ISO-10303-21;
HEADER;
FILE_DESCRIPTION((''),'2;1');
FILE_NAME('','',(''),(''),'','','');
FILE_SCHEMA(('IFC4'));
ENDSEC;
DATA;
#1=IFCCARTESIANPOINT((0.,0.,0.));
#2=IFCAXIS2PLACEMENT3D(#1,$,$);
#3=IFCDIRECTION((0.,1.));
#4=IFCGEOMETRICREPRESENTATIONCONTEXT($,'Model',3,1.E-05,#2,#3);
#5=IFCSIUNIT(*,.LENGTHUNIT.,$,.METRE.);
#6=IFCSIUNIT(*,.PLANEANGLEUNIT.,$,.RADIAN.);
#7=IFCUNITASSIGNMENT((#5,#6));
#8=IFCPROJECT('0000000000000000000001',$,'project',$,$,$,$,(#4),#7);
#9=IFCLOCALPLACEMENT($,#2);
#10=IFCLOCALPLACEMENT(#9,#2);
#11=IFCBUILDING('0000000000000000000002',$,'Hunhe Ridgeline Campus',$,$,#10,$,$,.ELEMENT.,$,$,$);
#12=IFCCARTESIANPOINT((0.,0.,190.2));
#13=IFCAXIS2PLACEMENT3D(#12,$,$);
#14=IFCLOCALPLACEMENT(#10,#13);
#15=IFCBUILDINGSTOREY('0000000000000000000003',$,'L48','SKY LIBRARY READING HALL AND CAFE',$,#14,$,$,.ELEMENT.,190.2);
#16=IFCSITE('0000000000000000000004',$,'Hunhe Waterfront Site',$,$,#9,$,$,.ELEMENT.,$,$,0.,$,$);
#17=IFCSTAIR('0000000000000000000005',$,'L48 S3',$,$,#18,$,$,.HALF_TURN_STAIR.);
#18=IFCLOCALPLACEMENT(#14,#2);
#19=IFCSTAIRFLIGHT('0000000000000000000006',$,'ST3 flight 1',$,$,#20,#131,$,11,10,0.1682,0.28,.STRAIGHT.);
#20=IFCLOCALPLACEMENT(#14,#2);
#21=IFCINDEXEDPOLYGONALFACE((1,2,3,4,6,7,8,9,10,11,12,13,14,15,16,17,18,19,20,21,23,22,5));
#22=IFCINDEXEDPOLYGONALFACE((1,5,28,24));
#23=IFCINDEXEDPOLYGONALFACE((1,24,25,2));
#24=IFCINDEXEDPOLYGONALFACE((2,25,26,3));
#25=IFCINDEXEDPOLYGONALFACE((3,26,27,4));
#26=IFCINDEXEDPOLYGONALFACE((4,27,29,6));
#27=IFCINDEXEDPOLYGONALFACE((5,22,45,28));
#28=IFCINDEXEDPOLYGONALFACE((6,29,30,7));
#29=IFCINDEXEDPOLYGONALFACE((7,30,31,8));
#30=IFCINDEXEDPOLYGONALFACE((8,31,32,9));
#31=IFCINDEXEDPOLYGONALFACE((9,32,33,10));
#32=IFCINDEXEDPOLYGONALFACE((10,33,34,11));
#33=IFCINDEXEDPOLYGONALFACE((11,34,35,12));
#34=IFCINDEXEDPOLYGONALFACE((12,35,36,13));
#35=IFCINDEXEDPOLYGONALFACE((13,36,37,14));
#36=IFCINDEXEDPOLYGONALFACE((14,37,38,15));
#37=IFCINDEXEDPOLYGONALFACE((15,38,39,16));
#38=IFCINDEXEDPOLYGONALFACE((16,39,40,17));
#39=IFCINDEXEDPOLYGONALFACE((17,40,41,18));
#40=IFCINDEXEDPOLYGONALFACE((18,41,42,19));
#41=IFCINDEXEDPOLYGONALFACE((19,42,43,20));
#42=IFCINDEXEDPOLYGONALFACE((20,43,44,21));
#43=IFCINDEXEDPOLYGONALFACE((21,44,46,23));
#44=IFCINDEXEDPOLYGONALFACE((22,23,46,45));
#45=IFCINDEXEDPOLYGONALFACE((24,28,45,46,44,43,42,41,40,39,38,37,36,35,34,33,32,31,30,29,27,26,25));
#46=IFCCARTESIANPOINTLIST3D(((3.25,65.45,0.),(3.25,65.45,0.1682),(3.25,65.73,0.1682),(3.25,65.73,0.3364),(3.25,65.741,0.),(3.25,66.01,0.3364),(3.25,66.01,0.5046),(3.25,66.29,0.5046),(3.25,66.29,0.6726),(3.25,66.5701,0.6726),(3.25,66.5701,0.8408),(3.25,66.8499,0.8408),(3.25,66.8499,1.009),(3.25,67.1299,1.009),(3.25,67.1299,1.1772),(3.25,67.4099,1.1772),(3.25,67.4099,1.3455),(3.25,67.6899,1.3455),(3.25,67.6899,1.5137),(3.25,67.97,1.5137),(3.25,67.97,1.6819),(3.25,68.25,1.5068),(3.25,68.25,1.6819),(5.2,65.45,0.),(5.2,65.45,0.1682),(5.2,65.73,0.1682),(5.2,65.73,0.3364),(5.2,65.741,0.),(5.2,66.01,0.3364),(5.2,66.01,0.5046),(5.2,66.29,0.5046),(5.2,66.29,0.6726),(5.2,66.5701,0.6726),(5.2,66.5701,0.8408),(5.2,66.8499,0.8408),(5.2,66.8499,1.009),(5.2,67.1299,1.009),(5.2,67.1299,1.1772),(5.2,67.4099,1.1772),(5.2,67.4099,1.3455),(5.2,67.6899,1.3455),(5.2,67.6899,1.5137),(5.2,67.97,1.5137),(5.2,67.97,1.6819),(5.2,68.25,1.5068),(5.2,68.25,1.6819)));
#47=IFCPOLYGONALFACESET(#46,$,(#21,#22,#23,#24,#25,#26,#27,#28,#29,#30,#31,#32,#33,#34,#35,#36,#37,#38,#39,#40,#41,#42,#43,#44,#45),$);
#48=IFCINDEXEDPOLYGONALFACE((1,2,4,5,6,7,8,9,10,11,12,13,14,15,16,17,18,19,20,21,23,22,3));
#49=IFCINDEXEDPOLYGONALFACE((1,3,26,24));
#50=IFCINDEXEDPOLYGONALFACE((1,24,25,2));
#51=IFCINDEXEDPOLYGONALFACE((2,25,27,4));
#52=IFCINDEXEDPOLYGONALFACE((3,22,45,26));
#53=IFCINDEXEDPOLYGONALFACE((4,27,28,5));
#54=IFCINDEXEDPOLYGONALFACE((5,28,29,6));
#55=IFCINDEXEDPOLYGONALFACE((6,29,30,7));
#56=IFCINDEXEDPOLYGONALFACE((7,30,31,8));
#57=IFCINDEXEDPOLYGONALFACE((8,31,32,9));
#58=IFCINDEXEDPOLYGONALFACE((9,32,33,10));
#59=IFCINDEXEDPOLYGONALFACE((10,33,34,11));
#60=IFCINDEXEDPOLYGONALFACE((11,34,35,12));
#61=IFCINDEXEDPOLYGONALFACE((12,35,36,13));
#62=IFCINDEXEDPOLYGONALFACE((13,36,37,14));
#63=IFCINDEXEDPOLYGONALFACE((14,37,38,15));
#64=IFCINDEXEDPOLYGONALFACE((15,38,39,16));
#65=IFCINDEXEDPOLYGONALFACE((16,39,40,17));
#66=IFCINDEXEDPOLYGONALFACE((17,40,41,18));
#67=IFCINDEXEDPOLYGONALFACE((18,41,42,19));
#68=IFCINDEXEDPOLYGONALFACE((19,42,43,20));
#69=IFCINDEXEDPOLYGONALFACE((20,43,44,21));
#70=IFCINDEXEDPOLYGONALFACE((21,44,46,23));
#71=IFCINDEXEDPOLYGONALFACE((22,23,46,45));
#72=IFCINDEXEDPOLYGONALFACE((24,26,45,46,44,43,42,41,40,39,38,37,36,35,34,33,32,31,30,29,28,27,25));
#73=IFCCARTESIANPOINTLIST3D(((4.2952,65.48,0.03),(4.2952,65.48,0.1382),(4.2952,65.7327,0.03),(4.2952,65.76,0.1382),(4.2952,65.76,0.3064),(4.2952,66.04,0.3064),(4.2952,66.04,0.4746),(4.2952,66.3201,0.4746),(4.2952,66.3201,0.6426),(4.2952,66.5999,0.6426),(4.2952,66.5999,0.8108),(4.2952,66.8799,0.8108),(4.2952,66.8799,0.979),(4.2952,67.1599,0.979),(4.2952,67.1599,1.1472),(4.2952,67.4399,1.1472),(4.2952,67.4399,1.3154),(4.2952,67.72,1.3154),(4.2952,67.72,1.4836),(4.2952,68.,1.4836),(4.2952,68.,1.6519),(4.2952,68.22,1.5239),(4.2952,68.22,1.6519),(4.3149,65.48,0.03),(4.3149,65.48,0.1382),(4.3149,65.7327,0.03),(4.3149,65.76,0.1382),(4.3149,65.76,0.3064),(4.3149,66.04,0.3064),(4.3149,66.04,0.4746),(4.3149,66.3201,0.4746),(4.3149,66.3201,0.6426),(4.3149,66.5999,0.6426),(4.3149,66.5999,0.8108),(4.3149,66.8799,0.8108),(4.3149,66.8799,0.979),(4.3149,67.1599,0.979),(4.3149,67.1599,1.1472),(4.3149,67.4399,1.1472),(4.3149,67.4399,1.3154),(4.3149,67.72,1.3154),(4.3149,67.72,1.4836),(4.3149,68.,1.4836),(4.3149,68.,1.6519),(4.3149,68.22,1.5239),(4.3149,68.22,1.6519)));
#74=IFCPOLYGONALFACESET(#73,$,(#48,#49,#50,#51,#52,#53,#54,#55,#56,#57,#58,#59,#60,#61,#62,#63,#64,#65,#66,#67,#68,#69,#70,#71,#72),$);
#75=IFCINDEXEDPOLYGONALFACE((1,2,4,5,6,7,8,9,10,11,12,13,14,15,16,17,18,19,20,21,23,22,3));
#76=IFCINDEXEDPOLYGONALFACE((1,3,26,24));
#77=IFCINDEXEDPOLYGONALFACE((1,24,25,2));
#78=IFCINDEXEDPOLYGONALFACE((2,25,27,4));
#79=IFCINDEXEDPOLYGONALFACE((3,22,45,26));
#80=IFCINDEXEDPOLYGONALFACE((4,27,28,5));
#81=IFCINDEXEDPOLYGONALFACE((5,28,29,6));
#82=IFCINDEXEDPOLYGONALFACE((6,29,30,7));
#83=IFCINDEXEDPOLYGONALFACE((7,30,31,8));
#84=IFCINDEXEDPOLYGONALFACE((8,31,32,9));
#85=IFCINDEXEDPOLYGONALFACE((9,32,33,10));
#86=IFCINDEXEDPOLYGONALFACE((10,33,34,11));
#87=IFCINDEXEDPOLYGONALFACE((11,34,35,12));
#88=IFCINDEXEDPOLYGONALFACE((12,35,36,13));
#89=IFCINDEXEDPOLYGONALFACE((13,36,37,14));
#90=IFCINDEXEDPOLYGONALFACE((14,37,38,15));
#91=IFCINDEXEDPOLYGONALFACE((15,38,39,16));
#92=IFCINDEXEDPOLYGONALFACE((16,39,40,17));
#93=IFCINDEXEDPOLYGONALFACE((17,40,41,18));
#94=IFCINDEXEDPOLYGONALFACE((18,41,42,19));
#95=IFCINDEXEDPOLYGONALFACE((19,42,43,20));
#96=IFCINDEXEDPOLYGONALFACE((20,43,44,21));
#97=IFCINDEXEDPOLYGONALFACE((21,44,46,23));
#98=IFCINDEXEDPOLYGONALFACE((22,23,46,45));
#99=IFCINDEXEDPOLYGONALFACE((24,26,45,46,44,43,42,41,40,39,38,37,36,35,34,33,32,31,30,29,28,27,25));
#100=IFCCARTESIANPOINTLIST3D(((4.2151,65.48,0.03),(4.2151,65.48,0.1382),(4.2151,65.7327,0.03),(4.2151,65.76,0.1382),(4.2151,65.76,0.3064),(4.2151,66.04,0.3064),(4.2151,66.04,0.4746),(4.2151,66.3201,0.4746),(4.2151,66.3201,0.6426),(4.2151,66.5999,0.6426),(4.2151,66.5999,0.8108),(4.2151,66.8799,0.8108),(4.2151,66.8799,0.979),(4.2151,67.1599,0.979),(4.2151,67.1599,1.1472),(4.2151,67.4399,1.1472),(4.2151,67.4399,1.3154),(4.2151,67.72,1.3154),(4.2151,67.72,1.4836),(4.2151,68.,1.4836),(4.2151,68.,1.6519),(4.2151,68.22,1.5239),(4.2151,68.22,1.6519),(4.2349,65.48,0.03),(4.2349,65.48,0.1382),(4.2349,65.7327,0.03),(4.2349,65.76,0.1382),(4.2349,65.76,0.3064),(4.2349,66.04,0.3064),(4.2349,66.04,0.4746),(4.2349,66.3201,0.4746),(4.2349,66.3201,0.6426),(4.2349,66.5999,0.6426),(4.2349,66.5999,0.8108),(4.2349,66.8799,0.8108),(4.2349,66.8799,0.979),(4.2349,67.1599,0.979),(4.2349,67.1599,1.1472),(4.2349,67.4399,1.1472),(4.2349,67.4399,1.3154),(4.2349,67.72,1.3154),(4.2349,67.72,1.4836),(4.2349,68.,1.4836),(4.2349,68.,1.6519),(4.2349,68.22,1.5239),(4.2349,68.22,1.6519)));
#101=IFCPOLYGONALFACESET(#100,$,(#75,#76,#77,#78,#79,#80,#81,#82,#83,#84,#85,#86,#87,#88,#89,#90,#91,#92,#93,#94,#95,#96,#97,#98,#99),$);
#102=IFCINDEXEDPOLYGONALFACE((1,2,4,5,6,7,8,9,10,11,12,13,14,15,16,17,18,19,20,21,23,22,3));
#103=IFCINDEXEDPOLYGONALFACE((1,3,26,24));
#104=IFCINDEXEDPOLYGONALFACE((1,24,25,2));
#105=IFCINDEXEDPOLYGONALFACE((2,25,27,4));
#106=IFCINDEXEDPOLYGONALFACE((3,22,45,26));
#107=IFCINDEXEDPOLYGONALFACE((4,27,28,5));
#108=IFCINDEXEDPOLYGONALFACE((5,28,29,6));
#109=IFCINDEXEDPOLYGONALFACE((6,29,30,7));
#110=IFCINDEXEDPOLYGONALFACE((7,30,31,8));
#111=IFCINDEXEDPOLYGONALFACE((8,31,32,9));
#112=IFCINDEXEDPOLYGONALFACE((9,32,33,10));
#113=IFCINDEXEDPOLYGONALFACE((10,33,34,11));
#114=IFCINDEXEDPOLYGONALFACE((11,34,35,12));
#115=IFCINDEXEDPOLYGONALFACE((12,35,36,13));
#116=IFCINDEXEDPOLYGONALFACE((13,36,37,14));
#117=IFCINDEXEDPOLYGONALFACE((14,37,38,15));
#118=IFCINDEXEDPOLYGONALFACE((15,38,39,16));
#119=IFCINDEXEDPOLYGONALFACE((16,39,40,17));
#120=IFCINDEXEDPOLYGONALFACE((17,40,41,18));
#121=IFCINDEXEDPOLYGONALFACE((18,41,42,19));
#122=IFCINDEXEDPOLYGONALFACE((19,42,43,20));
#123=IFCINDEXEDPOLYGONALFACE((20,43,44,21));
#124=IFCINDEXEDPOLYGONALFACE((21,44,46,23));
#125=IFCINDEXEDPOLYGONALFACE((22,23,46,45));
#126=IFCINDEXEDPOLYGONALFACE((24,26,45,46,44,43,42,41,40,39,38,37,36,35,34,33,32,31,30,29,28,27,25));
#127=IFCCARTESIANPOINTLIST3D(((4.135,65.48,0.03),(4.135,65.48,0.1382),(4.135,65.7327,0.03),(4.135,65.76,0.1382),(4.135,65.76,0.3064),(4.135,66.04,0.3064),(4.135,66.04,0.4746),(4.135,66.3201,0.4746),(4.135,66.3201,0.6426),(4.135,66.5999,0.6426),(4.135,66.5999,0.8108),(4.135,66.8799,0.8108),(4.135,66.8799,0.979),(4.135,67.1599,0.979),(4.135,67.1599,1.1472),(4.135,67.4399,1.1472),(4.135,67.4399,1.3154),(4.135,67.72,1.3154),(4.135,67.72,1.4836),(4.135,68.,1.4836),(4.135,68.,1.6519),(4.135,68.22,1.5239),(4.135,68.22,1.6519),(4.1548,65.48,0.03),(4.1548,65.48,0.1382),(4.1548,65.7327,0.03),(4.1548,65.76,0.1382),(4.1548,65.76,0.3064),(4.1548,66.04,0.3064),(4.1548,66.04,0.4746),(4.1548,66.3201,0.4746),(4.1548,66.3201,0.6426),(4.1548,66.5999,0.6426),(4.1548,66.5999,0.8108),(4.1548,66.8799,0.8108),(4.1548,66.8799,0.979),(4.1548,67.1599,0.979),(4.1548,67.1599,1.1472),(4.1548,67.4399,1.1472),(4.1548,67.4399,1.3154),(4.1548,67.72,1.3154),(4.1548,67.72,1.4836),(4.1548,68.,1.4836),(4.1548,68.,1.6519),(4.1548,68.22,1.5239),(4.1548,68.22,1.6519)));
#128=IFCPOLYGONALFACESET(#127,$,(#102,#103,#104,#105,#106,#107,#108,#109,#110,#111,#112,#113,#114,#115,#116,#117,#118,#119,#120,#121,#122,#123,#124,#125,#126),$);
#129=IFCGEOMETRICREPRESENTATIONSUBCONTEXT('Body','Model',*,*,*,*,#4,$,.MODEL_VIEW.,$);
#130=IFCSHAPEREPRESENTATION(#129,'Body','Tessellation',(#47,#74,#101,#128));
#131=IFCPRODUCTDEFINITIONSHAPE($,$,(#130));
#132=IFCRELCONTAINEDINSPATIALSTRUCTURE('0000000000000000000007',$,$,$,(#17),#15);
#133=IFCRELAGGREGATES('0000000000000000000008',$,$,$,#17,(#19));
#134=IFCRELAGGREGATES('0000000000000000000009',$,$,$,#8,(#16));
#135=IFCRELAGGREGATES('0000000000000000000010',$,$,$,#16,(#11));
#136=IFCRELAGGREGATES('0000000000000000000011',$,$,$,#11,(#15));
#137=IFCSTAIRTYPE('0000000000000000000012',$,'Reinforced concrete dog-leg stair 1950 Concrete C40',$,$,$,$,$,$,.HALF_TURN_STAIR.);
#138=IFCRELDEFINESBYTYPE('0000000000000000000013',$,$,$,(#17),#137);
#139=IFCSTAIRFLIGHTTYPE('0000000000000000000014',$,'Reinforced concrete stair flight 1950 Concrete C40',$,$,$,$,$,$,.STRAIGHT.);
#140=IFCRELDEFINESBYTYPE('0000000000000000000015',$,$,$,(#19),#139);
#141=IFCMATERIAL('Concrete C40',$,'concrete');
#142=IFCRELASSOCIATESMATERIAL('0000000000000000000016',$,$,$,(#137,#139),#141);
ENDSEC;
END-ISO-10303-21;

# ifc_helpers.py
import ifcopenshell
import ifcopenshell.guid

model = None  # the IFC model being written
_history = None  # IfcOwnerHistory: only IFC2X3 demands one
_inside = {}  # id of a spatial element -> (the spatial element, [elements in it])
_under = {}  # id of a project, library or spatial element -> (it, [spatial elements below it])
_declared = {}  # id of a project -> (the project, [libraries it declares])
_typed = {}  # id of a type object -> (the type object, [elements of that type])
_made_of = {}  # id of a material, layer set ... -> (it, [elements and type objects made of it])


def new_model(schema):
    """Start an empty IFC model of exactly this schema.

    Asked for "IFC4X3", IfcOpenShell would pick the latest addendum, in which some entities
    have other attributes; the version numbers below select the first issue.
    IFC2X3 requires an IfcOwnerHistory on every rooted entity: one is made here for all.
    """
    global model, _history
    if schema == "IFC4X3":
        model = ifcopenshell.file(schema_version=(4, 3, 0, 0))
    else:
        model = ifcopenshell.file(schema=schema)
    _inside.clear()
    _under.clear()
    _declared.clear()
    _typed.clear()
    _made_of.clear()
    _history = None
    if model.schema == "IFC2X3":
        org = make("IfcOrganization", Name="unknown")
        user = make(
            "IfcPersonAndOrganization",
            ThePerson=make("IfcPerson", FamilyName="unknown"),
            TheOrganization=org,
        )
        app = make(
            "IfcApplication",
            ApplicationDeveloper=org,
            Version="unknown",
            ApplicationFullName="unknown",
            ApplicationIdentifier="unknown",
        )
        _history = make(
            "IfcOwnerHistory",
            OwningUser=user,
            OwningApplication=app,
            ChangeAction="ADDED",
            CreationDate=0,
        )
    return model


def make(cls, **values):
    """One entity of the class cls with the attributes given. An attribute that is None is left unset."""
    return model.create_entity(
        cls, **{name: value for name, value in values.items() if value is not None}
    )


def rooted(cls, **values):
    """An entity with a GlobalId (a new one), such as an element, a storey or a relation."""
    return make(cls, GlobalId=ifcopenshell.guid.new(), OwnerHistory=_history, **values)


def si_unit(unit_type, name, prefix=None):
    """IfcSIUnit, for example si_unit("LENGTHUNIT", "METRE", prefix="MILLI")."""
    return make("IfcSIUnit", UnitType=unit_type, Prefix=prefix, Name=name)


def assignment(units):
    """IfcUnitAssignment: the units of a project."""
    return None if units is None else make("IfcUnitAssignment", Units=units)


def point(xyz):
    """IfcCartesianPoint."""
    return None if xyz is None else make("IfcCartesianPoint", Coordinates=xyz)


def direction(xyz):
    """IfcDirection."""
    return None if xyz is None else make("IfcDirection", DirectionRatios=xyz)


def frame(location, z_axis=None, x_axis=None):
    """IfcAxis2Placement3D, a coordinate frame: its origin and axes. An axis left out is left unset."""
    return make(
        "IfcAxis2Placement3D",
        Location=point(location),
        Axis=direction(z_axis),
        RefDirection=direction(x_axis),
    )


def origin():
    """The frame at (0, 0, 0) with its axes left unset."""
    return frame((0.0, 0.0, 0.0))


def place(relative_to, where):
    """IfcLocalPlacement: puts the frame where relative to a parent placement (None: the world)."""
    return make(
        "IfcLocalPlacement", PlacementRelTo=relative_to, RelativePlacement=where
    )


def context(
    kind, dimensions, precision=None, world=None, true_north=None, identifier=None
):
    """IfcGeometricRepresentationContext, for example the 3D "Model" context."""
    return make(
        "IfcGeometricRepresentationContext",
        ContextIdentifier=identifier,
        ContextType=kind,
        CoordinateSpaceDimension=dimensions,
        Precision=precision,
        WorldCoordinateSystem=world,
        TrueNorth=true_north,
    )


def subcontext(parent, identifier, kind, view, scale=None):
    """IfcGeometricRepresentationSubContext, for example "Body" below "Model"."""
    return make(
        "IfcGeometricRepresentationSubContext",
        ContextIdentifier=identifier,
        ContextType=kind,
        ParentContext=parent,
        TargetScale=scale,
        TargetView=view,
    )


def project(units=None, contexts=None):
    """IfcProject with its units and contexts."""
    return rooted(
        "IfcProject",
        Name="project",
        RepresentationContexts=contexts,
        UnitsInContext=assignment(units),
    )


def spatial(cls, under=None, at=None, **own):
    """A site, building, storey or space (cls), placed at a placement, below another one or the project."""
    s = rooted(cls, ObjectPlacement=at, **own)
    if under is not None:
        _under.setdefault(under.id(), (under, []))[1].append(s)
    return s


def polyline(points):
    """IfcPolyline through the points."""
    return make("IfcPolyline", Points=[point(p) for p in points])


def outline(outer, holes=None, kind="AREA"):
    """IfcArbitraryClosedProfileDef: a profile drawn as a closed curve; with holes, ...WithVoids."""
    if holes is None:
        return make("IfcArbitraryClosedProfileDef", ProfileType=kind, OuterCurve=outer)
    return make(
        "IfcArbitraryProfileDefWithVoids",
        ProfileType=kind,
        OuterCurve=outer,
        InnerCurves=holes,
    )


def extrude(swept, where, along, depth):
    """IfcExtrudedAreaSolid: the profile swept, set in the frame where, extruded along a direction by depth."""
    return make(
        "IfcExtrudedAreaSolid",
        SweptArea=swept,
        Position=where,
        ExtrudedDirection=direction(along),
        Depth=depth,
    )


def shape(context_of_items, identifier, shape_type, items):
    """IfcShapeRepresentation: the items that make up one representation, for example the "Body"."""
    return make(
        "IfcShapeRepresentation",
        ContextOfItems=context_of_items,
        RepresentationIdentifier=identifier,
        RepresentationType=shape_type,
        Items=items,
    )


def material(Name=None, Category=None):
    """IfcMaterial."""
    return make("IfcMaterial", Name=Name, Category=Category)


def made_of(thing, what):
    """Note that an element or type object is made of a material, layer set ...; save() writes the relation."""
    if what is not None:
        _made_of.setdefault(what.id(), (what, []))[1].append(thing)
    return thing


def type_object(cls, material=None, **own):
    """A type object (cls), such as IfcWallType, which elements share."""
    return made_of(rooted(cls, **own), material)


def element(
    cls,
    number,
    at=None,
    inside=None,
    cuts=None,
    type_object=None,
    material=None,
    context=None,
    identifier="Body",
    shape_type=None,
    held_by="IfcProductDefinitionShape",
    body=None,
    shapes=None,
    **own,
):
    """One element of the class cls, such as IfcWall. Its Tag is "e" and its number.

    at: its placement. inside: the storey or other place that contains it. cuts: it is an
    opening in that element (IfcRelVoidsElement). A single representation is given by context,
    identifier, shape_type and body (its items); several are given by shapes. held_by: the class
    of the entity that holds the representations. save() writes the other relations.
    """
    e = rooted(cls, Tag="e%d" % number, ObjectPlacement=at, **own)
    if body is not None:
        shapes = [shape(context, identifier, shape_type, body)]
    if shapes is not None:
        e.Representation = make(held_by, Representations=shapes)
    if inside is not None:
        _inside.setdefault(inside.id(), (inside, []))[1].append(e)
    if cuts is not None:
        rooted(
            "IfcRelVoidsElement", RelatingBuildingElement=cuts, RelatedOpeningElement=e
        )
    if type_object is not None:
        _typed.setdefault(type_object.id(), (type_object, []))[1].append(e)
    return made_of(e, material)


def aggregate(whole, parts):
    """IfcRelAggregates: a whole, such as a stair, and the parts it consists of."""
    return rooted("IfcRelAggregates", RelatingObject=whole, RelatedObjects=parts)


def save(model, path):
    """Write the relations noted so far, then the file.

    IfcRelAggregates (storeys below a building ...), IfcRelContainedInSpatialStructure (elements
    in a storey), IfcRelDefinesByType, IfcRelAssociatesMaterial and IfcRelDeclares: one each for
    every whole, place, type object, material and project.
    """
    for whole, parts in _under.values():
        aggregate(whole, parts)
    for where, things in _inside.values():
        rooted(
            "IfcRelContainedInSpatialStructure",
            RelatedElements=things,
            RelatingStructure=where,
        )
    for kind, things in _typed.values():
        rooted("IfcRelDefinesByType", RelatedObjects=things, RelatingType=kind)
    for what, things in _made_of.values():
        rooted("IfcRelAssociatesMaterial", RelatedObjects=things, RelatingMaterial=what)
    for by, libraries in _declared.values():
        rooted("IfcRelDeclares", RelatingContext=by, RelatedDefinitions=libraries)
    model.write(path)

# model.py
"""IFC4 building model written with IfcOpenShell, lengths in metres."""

from ifc_helpers import new_model, si_unit, direction, frame, origin, place, context, subcontext, project, spatial, polyline, outline, extrude, material, type_object, element, aggregate, save


model = new_model("IFC4")

# Units and contexts
model_context = context("Model", 3, precision=1e-05, world=origin(), true_north=direction((0.0, 1.0)))
body_context = subcontext(model_context, "Body", "Model", "MODEL_VIEW")
ifc_project = project(units=[si_unit("LENGTHUNIT", "METRE"), si_unit("PLANEANGLEUNIT", "RADIAN")], contexts=[model_context])

# Site, building, storey
site_placement = place(None, origin())
site = spatial("IfcSite", under=ifc_project, at=site_placement, Name="Hunhe Waterfront Site", CompositionType="ELEMENT", RefElevation=0.0)
building_placement = place(site_placement, origin())
building = spatial("IfcBuilding", under=site, at=building_placement, Name="Hunhe Ridgeline Campus", CompositionType="ELEMENT")
storey_placement = place(building_placement, frame((0.0, 0.0, 190.2)))
storey = spatial("IfcBuildingStorey", under=building, at=storey_placement, Name="L48", Description="SKY LIBRARY READING HALL AND CAFE", CompositionType="ELEMENT", Elevation=190.2)

# Stair, stair flight
ifc_material_1 = material(Name="Concrete C40", Category="concrete")
stair_type = type_object("IfcStairType", Name="Reinforced concrete dog-leg stair 1950 Concrete C40", PredefinedType="HALF_TURN_STAIR", material=ifc_material_1)
stair_1_placement = place(storey_placement, origin())
stair_1 = element("IfcStair", 1, at=stair_1_placement, inside=storey, type_object=stair_type, Name="L48 S3", PredefinedType="HALF_TURN_STAIR")
stair_flight_type = type_object("IfcStairFlightType", Name="Reinforced concrete stair flight 1950 Concrete C40", PredefinedType="STRAIGHT", material=ifc_material_1)
stair_flight_1_placement = place(storey_placement, frame((4.2251, 65.45, 0.0), z_axis=(0.0, 0.0, 1.0), x_axis=(0.0, 1.0, 0.0)))
stair_flight_1 = element("IfcStairFlight", 2, at=stair_flight_1_placement, type_object=stair_flight_type, Name="ST3 flight 1", NumberOfRisers=11, NumberOfTreads=10, PredefinedType="STRAIGHT", RiserHeight=0.1682, TreadLength=0.28, context=body_context, shape_type="SweptSolid", body=[
    extrude(outline(polyline([(0.0, 0.0), (0.0, 0.1682), (0.28, 0.1682), (0.28, 0.3364), (0.5601, 0.3364), (0.5601, 0.5046), (0.8401, 0.5046), (0.8401, 0.6726), (1.1201, 0.6726), (1.1201, 0.8408), (1.3999, 0.8408), (1.3999, 1.009), (1.6799, 1.009), (1.6799, 1.1772), (1.96, 1.1772), (1.96, 1.3455), (2.24, 1.3455), (2.24, 1.5137), (2.52, 1.5137), (2.52, 1.6819), (2.8, 1.6819), (2.8, 1.8501), (2.8, 1.5068), (0.291, 0.0), (0.0, 0.0)])), frame((0.0, 0.9751, 0.0), z_axis=(0.0, -1.0, 0.0), x_axis=(1.0, 0.0, 0.0)), (0.0, 0.0, 1.0), 1.95),
    extrude(outline(polyline([(0.03, 0.03), (0.03, 0.1382), (0.3101, 0.1382), (0.3101, 0.3064), (0.5901, 0.3064), (0.5901, 0.4746), (0.8701, 0.4746), (0.8701, 0.6426), (1.1499, 0.6426), (1.1499, 0.8108), (1.4299, 0.8108), (1.4299, 0.979), (1.71, 0.979), (1.71, 1.1472), (1.99, 1.1472), (1.99, 1.3154), (2.27, 1.3154), (2.27, 1.4836), (2.55, 1.4836), (2.55, 1.6519), (2.77, 1.6519), (2.77, 1.5239), (0.2827, 0.03), (0.03, 0.03)])), frame((0.0, -0.0701, 0.0), z_axis=(0.0, -1.0, 0.0), x_axis=(1.0, 0.0, 0.0)), (0.0, 0.0, 1.0), 0.0198),
    extrude(outline(polyline([(0.03, 0.03), (0.03, 0.1382), (0.3101, 0.1382), (0.3101, 0.3064), (0.5901, 0.3064), (0.5901, 0.4746), (0.8701, 0.4746), (0.8701, 0.6426), (1.1499, 0.6426), (1.1499, 0.8108), (1.4299, 0.8108), (1.4299, 0.979), (1.71, 0.979), (1.71, 1.1472), (1.99, 1.1472), (1.99, 1.3154), (2.27, 1.3154), (2.27, 1.4836), (2.55, 1.4836), (2.55, 1.6519), (2.77, 1.6519), (2.77, 1.5239), (0.2827, 0.03), (0.03, 0.03)])), frame((0.0, 0.01, 0.0), z_axis=(0.0, -1.0, 0.0), x_axis=(1.0, 0.0, 0.0)), (0.0, 0.0, 1.0), 0.0198),
    extrude(outline(polyline([(0.03, 0.03), (0.03, 0.1382), (0.3101, 0.1382), (0.3101, 0.3064), (0.5901, 0.3064), (0.5901, 0.4746), (0.8701, 0.4746), (0.8701, 0.6426), (1.1499, 0.6426), (1.1499, 0.8108), (1.4299, 0.8108), (1.4299, 0.979), (1.71, 0.979), (1.71, 1.1472), (1.99, 1.1472), (1.99, 1.3154), (2.27, 1.3154), (2.27, 1.4836), (2.55, 1.4836), (2.55, 1.6519), (2.77, 1.6519), (2.77, 1.5239), (0.2827, 0.03), (0.03, 0.03)])), frame((0.0, 0.0901, 0.0), z_axis=(0.0, -1.0, 0.0), x_axis=(1.0, 0.0, 0.0)), (0.0, 0.0, 1.0), 0.0198),
])
aggregate(stair_1, [stair_flight_1])

save(model, "model.ifc")
